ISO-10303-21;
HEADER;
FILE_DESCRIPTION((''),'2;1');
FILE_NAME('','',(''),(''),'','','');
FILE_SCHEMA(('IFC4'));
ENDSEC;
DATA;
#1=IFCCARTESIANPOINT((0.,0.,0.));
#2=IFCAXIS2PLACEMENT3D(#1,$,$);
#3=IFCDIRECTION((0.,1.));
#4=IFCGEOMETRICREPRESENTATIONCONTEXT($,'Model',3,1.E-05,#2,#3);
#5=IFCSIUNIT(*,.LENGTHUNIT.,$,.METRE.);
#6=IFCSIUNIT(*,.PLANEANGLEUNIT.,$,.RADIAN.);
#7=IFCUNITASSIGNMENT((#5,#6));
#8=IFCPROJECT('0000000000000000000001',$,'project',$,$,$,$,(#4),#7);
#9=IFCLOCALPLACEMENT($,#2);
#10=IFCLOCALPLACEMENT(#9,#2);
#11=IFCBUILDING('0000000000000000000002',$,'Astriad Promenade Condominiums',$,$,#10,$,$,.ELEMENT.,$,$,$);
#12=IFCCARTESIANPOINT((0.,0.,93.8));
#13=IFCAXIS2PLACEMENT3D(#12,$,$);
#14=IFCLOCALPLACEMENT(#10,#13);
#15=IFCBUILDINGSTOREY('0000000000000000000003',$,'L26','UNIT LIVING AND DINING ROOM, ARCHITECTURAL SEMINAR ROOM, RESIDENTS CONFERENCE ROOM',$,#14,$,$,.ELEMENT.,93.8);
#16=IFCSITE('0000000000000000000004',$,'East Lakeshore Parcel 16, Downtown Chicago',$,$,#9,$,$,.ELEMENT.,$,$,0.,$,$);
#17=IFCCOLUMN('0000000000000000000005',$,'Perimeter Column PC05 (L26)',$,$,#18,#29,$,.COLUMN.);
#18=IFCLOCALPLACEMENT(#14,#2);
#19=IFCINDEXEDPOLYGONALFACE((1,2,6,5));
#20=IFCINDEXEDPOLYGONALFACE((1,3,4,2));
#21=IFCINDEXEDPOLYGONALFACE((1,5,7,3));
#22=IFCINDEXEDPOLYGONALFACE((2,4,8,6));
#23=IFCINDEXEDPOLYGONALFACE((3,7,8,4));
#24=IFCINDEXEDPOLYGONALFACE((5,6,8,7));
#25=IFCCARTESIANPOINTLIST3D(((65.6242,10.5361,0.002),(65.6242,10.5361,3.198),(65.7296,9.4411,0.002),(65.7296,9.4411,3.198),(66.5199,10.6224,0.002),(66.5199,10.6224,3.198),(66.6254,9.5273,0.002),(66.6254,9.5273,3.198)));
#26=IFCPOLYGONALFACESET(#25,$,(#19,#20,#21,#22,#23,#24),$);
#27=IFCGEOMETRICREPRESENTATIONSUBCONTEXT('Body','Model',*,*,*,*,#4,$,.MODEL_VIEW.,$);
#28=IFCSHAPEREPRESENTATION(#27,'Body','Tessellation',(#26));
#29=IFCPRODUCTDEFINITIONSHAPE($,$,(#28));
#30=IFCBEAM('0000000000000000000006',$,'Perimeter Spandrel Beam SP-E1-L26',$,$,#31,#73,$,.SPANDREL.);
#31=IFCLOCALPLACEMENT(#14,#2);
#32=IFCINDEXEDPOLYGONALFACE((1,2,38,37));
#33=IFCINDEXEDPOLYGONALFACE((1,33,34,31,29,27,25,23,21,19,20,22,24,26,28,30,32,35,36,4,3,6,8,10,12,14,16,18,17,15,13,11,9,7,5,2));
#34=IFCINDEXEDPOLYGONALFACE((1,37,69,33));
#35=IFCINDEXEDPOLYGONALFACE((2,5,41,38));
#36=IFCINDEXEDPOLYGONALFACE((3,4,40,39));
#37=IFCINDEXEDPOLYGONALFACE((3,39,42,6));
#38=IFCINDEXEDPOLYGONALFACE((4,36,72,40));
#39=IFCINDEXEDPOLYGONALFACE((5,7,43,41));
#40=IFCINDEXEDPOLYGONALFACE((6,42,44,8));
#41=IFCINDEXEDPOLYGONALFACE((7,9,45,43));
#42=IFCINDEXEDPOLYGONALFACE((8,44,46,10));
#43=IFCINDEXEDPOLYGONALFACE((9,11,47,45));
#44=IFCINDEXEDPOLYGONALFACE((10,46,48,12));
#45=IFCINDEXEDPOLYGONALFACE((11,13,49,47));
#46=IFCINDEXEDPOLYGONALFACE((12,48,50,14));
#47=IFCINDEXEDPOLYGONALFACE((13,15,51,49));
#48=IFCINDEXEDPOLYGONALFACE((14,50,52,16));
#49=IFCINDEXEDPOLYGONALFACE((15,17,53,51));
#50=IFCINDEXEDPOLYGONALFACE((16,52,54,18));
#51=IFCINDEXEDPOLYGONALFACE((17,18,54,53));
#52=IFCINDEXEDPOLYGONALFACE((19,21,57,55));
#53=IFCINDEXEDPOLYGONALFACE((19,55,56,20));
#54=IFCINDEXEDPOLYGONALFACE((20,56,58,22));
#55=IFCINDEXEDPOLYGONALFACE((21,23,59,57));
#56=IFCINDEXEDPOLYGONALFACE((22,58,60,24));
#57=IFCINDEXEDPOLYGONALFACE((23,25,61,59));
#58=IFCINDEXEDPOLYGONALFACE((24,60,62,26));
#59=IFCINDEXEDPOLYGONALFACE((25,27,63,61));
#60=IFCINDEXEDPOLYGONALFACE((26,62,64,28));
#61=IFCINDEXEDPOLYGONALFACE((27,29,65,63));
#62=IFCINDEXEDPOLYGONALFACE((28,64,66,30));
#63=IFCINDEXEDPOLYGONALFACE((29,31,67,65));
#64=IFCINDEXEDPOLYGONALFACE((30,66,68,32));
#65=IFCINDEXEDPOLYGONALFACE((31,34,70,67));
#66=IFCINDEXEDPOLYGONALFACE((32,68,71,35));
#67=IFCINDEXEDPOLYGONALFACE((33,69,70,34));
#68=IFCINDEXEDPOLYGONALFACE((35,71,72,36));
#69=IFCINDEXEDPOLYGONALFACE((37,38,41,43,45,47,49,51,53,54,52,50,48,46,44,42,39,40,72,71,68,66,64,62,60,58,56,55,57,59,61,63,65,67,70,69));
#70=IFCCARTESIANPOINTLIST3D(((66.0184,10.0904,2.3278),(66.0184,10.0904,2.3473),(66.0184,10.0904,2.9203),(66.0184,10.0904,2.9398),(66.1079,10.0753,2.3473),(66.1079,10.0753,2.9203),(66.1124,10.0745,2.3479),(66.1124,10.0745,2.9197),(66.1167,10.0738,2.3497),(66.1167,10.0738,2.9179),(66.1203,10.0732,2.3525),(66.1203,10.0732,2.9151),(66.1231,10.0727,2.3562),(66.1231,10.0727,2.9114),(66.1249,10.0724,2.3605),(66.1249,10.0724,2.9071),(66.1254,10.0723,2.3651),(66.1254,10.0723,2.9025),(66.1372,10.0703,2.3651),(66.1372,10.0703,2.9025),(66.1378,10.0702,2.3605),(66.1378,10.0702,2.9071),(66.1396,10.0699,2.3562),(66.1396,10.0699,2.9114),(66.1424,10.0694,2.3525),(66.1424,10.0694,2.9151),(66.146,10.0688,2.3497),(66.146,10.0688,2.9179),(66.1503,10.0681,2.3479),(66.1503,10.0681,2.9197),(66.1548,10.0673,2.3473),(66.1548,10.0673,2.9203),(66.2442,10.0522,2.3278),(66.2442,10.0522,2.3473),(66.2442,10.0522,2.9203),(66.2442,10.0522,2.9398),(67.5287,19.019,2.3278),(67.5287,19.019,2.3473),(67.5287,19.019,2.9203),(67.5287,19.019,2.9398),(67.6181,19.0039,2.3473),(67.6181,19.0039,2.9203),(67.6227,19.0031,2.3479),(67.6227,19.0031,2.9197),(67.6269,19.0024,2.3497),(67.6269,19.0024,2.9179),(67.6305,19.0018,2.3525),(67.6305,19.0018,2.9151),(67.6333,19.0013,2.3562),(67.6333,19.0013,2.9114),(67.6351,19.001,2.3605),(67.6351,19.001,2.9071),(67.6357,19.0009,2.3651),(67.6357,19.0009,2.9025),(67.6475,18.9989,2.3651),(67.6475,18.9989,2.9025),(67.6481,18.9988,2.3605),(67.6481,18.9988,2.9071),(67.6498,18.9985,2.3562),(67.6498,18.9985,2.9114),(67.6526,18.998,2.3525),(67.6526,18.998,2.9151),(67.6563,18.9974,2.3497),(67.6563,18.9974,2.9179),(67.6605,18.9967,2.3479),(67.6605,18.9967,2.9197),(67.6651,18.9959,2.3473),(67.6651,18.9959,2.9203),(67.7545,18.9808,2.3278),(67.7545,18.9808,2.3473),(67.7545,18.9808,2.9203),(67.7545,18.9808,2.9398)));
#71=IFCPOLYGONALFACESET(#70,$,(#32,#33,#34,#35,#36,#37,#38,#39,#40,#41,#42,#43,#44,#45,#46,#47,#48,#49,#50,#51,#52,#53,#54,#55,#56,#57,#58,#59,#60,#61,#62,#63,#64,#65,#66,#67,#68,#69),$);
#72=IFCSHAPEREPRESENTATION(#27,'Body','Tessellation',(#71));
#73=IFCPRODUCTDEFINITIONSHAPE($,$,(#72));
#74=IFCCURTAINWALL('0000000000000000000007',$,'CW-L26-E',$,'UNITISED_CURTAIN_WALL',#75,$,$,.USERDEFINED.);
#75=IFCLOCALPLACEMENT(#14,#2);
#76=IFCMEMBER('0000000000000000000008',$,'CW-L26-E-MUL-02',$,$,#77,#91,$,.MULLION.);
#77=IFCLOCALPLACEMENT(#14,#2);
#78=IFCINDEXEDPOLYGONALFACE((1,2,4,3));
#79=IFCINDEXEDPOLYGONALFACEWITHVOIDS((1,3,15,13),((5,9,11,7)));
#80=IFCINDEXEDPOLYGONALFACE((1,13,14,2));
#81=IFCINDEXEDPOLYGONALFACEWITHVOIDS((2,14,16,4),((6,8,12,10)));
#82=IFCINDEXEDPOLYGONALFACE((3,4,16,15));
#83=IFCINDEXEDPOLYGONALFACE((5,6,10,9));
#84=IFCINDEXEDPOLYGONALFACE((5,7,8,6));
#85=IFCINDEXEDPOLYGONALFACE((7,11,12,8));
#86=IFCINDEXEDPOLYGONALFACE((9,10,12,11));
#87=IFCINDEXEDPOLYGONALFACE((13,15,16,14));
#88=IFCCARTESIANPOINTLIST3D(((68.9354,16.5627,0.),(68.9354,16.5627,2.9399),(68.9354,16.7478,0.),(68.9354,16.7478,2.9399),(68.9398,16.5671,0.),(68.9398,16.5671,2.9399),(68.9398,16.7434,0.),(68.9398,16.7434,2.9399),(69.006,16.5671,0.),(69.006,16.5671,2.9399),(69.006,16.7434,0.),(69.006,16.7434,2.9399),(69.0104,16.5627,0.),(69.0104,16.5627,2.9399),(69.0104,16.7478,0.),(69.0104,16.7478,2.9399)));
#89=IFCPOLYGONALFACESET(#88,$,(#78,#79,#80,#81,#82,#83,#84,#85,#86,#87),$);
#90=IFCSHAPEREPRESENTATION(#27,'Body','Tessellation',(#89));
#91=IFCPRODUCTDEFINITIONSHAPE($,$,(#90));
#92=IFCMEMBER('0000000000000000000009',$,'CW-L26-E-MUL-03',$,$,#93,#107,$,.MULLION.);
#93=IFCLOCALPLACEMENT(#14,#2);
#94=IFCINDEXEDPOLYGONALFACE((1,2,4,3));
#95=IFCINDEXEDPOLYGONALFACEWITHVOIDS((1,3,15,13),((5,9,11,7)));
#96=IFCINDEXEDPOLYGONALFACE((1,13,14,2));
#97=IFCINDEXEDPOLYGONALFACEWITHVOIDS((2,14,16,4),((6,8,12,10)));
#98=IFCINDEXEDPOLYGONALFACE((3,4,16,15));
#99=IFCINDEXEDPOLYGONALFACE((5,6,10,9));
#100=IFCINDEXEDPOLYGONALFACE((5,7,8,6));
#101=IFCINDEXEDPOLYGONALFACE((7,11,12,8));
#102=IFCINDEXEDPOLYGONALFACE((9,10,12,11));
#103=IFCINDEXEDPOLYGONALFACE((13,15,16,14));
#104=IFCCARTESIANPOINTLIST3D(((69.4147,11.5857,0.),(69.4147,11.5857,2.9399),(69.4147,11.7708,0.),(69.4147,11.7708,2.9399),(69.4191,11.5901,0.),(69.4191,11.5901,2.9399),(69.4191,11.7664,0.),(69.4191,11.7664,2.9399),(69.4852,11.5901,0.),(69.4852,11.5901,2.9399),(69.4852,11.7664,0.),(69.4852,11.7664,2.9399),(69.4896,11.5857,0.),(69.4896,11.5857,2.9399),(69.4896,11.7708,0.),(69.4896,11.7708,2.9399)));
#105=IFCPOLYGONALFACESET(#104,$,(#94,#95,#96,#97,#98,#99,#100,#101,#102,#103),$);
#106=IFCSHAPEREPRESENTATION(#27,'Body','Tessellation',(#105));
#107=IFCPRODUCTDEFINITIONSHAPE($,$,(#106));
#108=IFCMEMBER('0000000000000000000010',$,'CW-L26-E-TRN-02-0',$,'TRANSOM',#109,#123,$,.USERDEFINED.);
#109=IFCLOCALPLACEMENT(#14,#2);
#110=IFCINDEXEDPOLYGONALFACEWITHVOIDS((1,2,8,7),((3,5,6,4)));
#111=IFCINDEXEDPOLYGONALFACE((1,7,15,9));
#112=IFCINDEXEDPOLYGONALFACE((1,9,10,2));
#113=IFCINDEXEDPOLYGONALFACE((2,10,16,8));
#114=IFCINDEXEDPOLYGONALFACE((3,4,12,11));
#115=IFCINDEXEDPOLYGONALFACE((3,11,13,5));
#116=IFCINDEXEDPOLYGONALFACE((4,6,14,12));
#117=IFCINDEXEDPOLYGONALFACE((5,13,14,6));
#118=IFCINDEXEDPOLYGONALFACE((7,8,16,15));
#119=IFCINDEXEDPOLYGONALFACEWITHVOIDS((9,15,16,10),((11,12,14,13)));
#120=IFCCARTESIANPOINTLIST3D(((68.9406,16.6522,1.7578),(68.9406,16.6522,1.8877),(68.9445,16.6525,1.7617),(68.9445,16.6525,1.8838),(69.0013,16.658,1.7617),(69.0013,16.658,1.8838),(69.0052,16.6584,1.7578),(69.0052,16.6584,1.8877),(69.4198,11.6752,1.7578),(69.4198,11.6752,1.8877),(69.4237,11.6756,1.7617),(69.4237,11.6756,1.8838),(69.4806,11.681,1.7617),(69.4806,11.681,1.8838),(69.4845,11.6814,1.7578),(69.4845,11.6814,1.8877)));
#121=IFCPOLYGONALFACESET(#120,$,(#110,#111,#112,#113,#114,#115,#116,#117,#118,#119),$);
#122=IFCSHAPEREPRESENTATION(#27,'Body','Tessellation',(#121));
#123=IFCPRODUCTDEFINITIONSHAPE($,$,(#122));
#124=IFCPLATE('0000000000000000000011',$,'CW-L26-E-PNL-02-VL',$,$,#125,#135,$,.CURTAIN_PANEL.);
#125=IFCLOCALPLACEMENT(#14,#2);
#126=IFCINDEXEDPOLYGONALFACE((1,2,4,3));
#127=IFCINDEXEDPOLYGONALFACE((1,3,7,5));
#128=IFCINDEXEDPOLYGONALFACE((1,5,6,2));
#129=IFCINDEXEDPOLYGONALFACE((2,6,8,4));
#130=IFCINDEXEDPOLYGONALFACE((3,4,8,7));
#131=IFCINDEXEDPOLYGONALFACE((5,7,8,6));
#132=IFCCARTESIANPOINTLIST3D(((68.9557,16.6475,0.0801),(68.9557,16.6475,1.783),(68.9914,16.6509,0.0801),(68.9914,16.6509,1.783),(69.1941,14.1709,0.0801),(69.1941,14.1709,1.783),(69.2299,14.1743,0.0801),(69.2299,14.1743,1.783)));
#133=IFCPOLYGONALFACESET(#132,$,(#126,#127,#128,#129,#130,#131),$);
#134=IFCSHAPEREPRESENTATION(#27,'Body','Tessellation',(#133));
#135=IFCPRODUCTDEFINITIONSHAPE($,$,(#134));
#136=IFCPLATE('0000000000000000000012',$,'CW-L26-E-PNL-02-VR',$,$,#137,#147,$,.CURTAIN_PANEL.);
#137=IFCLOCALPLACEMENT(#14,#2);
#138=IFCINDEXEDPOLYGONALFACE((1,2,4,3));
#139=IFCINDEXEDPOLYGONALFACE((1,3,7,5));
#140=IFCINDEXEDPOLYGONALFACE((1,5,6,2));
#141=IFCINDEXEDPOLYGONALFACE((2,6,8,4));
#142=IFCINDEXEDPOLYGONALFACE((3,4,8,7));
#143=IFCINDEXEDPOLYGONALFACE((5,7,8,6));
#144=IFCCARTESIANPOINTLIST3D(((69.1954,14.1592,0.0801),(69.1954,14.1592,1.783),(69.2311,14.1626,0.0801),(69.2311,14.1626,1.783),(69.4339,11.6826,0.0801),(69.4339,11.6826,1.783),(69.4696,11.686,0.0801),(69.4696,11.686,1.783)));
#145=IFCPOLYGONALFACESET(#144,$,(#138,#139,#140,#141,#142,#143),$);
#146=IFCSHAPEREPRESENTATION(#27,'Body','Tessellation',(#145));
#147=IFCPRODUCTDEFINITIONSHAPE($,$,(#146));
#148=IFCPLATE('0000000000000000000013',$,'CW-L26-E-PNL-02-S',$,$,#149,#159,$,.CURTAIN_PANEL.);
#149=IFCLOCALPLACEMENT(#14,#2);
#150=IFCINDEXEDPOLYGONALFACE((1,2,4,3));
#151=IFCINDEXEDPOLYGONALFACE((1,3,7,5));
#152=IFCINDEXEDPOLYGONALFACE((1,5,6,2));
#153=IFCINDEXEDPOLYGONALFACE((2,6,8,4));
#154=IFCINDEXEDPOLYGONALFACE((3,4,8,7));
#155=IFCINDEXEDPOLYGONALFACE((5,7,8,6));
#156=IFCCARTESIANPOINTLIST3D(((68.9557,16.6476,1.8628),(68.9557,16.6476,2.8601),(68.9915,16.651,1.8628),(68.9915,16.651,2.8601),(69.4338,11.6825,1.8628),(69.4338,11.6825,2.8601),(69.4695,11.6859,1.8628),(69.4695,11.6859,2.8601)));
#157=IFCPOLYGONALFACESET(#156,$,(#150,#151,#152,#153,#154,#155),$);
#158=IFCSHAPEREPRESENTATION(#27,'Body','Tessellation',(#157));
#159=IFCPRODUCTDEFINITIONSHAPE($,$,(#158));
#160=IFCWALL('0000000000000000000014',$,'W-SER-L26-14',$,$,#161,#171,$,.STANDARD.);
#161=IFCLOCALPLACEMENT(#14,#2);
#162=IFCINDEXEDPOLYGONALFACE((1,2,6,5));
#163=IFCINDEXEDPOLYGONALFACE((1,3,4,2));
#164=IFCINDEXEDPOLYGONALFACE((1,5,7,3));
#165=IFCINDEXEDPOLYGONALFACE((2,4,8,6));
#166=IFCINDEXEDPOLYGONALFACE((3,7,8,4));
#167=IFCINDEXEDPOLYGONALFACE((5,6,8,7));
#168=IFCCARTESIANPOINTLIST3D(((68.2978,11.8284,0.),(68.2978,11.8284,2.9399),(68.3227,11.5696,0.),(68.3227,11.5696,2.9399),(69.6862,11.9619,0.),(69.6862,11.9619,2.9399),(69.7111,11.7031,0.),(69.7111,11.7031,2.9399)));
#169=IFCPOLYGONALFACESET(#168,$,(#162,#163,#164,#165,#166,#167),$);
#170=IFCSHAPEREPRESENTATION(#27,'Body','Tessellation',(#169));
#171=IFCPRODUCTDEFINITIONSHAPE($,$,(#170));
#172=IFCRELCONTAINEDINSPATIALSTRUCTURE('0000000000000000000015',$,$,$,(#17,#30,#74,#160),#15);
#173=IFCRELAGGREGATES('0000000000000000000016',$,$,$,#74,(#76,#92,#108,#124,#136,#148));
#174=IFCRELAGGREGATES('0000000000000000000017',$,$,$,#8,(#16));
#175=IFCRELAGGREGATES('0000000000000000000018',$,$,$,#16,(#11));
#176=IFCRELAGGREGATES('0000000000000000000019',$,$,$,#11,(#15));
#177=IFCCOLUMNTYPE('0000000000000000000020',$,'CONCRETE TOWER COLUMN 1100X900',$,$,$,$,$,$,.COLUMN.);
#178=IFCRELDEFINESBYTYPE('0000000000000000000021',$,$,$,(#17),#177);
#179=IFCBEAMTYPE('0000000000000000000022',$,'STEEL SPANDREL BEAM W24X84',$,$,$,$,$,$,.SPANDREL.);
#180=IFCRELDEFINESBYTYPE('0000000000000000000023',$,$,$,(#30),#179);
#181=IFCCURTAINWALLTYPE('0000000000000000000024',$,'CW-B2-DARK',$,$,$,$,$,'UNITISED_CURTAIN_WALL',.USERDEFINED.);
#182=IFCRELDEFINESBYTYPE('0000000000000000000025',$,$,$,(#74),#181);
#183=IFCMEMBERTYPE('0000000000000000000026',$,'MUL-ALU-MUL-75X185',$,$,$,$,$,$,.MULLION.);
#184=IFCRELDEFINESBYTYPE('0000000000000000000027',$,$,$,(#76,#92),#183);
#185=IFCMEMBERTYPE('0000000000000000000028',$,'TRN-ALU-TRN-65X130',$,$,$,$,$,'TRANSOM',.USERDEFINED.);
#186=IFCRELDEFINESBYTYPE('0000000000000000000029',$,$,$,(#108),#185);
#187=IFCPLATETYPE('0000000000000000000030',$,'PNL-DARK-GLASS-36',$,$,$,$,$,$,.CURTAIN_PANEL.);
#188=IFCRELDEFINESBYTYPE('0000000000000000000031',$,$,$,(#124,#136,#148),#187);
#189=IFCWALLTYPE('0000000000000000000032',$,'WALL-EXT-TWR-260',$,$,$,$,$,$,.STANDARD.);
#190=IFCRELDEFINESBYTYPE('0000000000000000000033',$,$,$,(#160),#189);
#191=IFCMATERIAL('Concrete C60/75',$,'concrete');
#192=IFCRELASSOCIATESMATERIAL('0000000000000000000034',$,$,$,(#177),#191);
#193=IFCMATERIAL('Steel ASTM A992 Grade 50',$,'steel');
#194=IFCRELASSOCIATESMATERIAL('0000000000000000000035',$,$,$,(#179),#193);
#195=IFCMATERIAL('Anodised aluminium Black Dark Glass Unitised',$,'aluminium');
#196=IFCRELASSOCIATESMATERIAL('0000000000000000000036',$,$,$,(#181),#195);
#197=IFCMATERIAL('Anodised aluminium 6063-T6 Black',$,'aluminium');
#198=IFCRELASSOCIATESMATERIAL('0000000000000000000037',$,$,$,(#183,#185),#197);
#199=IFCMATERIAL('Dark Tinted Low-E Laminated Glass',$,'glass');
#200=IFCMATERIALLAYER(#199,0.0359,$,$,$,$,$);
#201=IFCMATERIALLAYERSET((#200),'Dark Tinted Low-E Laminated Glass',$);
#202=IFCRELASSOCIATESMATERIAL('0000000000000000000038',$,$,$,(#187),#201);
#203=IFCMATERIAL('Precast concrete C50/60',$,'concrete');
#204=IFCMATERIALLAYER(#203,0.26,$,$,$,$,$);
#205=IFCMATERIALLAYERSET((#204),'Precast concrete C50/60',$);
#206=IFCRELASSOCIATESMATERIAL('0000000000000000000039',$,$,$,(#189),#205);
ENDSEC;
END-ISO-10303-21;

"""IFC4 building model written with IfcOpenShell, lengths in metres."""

from ifc_helpers import new_model, si_unit, direction, frame, frame_2d, origin, origin_2d, place, context, subcontext, project, spatial, rectangle, hollow_rectangle, i_section, extrude, source, transform, mapped, material, layer, layer_set, material_profile, profile_set, type_object, type_shapes, element, aggregate, save


model = new_model("IFC4")

# Units and contexts
model_context = context("Model", 3, precision=1e-05, world=origin(), true_north=direction((0.0, 1.0)))
body_context = subcontext(model_context, "Body", "Model", "MODEL_VIEW")
ifc_project = project(units=[si_unit("LENGTHUNIT", "METRE"), si_unit("PLANEANGLEUNIT", "RADIAN")], contexts=[model_context])

# Site, building, storey
site_placement = place(None, origin())
site = spatial("IfcSite", under=ifc_project, at=site_placement, Name="East Lakeshore Parcel 16, Downtown Chicago", CompositionType="ELEMENT", RefElevation=0.0)
building_placement = place(site_placement, origin())
building = spatial("IfcBuilding", under=site, at=building_placement, Name="Astriad Promenade Condominiums", CompositionType="ELEMENT")
storey_placement = place(building_placement, frame((0.0, 0.0, 93.8)))
storey = spatial("IfcBuildingStorey", under=building, at=storey_placement, Name="L26", Description="UNIT LIVING AND DINING ROOM, ARCHITECTURAL SEMINAR ROOM, RESIDENTS CONFERENCE ROOM", CompositionType="ELEMENT", Elevation=93.8)

# Column
ifc_material_1 = material(Name="Concrete C60/75", Category="concrete")
ifc_material_profile_1 = material_profile(ifc_material_1, rectangle(XDim=0.8999, YDim=1.1001, at=origin_2d()), Name="RC-COL-1100X900")
ifc_profile_set_1 = profile_set([ifc_material_profile_1], Name="Concrete C60/75")
column_type = type_object("IfcColumnType", Name="CONCRETE TOWER COLUMN 1100X900", PredefinedType="COLUMN", material=ifc_profile_set_1)
shared_shape_1 = source(origin(), body_context, "Body", "SweptSolid", [
    extrude(rectangle(XDim=0.8999, YDim=1.1001, at=origin_2d()), origin(), (0.0, 0.0, 1.0), 3.196),
])
type_shapes(column_type, [shared_shape_1])
column_placement = place(storey_placement, frame((66.1248, 10.0317, 0.002), z_axis=(0.0, 0.0, 1.0), x_axis=(0.995396, 0.095846, 0.0)))
element("IfcColumn", 1, at=column_placement, inside=storey, type_object=column_type, Name="Perimeter Column PC05 (L26)", PredefinedType="COLUMN", context=body_context, shape_type="MappedRepresentation", body=[
    mapped(shared_shape_1, transform((0.0, 0.0, 0.0), scale=1.0)),
])

# Beam
ifc_material_2 = material(Name="Steel ASTM A992 Grade 50", Category="steel")
ifc_material_profile_2 = material_profile(ifc_material_2, i_section(OverallWidth=0.229, OverallDepth=0.6121, WebThickness=0.012, FlangeThickness=0.0195, FilletRadius=0.0178, at=origin_2d()), Name="W24X84")
ifc_profile_set_2 = profile_set([ifc_material_profile_2], Name="Steel ASTM A992 Grade 50")
beam_type = type_object("IfcBeamType", Name="STEEL SPANDREL BEAM W24X84", PredefinedType="SPANDREL", material=ifc_profile_set_2)
shared_shape_2 = source(origin(), body_context, "Body", "SweptSolid", [
    extrude(i_section(OverallWidth=0.229, OverallDepth=0.6121, WebThickness=0.012, FlangeThickness=0.0195, FilletRadius=0.0178, at=origin_2d()), origin(), (0.0, 0.0, 1.0), 9.0554),
])
type_shapes(beam_type, [shared_shape_2])
beam_placement = place(storey_placement, frame((66.1313, 10.0713, 2.6338), z_axis=(0.166777, 0.985995, 0.0), x_axis=(-0.985995, 0.166777, 0.0)))
element("IfcBeam", 2, at=beam_placement, inside=storey, type_object=beam_type, Name="Perimeter Spandrel Beam SP-E1-L26", PredefinedType="SPANDREL", context=body_context, shape_type="MappedRepresentation", body=[
    mapped(shared_shape_2, transform((0.0, 0.0, 0.0), scale=1.0)),
])

# Curtain wall, members, plates
ifc_material_3 = material(Name="Anodised aluminium Black Dark Glass Unitised", Category="aluminium")
curtain_wall_type = type_object("IfcCurtainWallType", Name="CW-B2-DARK", ElementType="UNITISED_CURTAIN_WALL", PredefinedType="USERDEFINED", material=ifc_material_3)
curtain_wall_placement = place(storey_placement, origin())
curtain_wall = element("IfcCurtainWall", 3, at=curtain_wall_placement, inside=storey, type_object=curtain_wall_type, Name="CW-L26-E", ObjectType="UNITISED_CURTAIN_WALL", PredefinedType="USERDEFINED")
ifc_material_4 = material(Name="Anodised aluminium 6063-T6 Black", Category="aluminium")
ifc_material_profile_3 = material_profile(ifc_material_4, hollow_rectangle(XDim=0.075, YDim=0.1851, WallThickness=0.0044, at=origin_2d()), Name="ALU-MUL-75X185")
ifc_profile_set_3 = profile_set([ifc_material_profile_3], Name="Anodised aluminium 6063-T6 Black")
member_type_1 = type_object("IfcMemberType", Name="MUL-ALU-MUL-75X185", PredefinedType="MULLION", material=ifc_profile_set_3)
shared_shape_3 = source(origin(), body_context, "Body", "SweptSolid", [
    extrude(hollow_rectangle(XDim=0.075, YDim=0.1851, WallThickness=0.0044, at=origin_2d()), origin(), (0.0, 0.0, 1.0), 2.9399),
])
type_shapes(member_type_1, [shared_shape_3])
member_1_placement = place(storey_placement, frame((68.9729, 16.6553, 0.0), z_axis=(0.0, 0.0, 1.0), x_axis=(1.0, 0.0, 0.0)))
member_1 = element("IfcMember", 4, at=member_1_placement, type_object=member_type_1, Name="CW-L26-E-MUL-02", PredefinedType="MULLION", context=body_context, shape_type="MappedRepresentation", body=[
    mapped(shared_shape_3, transform((0.0, 0.0, 0.0), scale=1.0)),
])
member_2_placement = place(storey_placement, frame((69.4521, 11.6782, 0.0), z_axis=(0.0, 0.0, 1.0), x_axis=(1.0, 0.0, 0.0)))
member_2 = element("IfcMember", 5, at=member_2_placement, type_object=member_type_1, Name="CW-L26-E-MUL-03", PredefinedType="MULLION", context=body_context, shape_type="MappedRepresentation", body=[
    mapped(shared_shape_3, transform((0.0, 0.0, 0.0), scale=1.0)),
])
ifc_material_profile_4 = material_profile(ifc_material_4, hollow_rectangle(XDim=0.0649, YDim=0.1299, WallThickness=0.0039, at=origin_2d()), Name="ALU-TRN-65X130")
ifc_profile_set_4 = profile_set([ifc_material_profile_4], Name="Anodised aluminium 6063-T6 Black")
member_type_2 = type_object("IfcMemberType", Name="TRN-ALU-TRN-65X130", ElementType="TRANSOM", PredefinedType="USERDEFINED", material=ifc_profile_set_4)
shared_shape_4 = source(origin(), body_context, "Body", "SweptSolid", [
    extrude(hollow_rectangle(XDim=0.0649, YDim=0.1299, WallThickness=0.0039, at=origin_2d()), origin(), (0.0, 0.0, 1.0), 5.0),
])
type_shapes(member_type_2, [shared_shape_4])
member_3_placement = place(storey_placement, frame((68.9729, 16.6553, 1.8228), z_axis=(0.095848, -0.995396, 0.0), x_axis=(0.995396, 0.095848, 0.0)))
member_3 = element("IfcMember", 6, at=member_3_placement, type_object=member_type_2, Name="CW-L26-E-TRN-02-0", ObjectType="TRANSOM", PredefinedType="USERDEFINED", context=body_context, shape_type="MappedRepresentation", body=[
    mapped(shared_shape_4, transform((0.0, 0.0, 0.0), scale=1.0)),
])
ifc_material_5 = material(Name="Dark Tinted Low-E Laminated Glass", Category="glass")
ifc_layer_1 = layer(ifc_material_5, 0.0359)
ifc_layer_set_1 = layer_set([ifc_layer_1], Name="Dark Tinted Low-E Laminated Glass")
plate_type = type_object("IfcPlateType", Name="PNL-DARK-GLASS-36", PredefinedType="CURTAIN_PANEL", material=ifc_layer_set_1)
shared_shape_5 = source(origin(), body_context, "Body", "SweptSolid", [
    extrude(rectangle(XDim=2.488, YDim=0.0359, at=origin_2d()), origin(), (0.0, 0.0, 1.0), 1.7029),
])
plate_1_placement = place(storey_placement, frame((69.0928, 15.4109, 0.0801), z_axis=(0.0, 0.0, 1.0), x_axis=(0.095846, -0.995396, 0.0)))
plate_1 = element("IfcPlate", 7, at=plate_1_placement, type_object=plate_type, Name="CW-L26-E-PNL-02-VL", PredefinedType="CURTAIN_PANEL", context=body_context, shape_type="MappedRepresentation", body=[
    mapped(shared_shape_5, transform((0.0, 0.0, 0.0), scale=1.0)),
])
plate_2_placement = place(storey_placement, frame((69.3325, 12.9226, 0.0801), z_axis=(0.0, 0.0, 1.0), x_axis=(0.095846, -0.995396, 0.0)))
plate_2 = element("IfcPlate", 8, at=plate_2_placement, type_object=plate_type, Name="CW-L26-E-PNL-02-VR", PredefinedType="CURTAIN_PANEL", context=body_context, shape_type="MappedRepresentation", body=[
    mapped(shared_shape_5, transform((0.0, 0.0, 0.0), scale=1.0)),
])
shared_shape_6 = source(origin(), body_context, "Body", "SweptSolid", [
    extrude(rectangle(XDim=4.988, YDim=0.0359, at=origin_2d()), origin(), (0.0, 0.0, 1.0), 0.9973),
])
type_shapes(plate_type, [shared_shape_5, shared_shape_6])
plate_3_placement = place(storey_placement, frame((69.2126, 14.1667, 1.8628), z_axis=(0.0, 0.0, 1.0), x_axis=(0.095846, -0.995396, 0.0)))
plate_3 = element("IfcPlate", 9, at=plate_3_placement, type_object=plate_type, Name="CW-L26-E-PNL-02-S", PredefinedType="CURTAIN_PANEL", context=body_context, shape_type="MappedRepresentation", body=[
    mapped(shared_shape_6, transform((0.0, 0.0, 0.0), scale=1.0)),
])
aggregate(curtain_wall, [member_1, member_2, member_3, plate_1, plate_2, plate_3])

# Wall
ifc_material_6 = material(Name="Precast concrete C50/60", Category="concrete")
ifc_layer_2 = layer(ifc_material_6, 0.26)
ifc_layer_set_2 = layer_set([ifc_layer_2], Name="Precast concrete C50/60")
wall_type_1 = type_object("IfcWallType", Name="WALL-EXT-TWR-260", PredefinedType="STANDARD", material=ifc_layer_set_2)
for number, where, z_axis, x_axis, name in (
    (10, (69.6985, 11.8325, 0.0), (0.0, 0.0, 1.0), (-0.995406, -0.095742, 0.0), "W-SER-L26-14"),
):
    element("IfcWall", number, at=place(storey_placement, frame(where, z_axis=z_axis, x_axis=x_axis)), inside=storey, type_object=wall_type_1, Name=name, PredefinedType="STANDARD", context=body_context, shape_type="SweptSolid", body=[
        extrude(rectangle(XDim=1.3948, YDim=0.26, at=frame_2d((0.6973, 0.0))), origin(), (0.0, 0.0, 1.0), 2.9399),
    ])

save(model, "model.ifc")
